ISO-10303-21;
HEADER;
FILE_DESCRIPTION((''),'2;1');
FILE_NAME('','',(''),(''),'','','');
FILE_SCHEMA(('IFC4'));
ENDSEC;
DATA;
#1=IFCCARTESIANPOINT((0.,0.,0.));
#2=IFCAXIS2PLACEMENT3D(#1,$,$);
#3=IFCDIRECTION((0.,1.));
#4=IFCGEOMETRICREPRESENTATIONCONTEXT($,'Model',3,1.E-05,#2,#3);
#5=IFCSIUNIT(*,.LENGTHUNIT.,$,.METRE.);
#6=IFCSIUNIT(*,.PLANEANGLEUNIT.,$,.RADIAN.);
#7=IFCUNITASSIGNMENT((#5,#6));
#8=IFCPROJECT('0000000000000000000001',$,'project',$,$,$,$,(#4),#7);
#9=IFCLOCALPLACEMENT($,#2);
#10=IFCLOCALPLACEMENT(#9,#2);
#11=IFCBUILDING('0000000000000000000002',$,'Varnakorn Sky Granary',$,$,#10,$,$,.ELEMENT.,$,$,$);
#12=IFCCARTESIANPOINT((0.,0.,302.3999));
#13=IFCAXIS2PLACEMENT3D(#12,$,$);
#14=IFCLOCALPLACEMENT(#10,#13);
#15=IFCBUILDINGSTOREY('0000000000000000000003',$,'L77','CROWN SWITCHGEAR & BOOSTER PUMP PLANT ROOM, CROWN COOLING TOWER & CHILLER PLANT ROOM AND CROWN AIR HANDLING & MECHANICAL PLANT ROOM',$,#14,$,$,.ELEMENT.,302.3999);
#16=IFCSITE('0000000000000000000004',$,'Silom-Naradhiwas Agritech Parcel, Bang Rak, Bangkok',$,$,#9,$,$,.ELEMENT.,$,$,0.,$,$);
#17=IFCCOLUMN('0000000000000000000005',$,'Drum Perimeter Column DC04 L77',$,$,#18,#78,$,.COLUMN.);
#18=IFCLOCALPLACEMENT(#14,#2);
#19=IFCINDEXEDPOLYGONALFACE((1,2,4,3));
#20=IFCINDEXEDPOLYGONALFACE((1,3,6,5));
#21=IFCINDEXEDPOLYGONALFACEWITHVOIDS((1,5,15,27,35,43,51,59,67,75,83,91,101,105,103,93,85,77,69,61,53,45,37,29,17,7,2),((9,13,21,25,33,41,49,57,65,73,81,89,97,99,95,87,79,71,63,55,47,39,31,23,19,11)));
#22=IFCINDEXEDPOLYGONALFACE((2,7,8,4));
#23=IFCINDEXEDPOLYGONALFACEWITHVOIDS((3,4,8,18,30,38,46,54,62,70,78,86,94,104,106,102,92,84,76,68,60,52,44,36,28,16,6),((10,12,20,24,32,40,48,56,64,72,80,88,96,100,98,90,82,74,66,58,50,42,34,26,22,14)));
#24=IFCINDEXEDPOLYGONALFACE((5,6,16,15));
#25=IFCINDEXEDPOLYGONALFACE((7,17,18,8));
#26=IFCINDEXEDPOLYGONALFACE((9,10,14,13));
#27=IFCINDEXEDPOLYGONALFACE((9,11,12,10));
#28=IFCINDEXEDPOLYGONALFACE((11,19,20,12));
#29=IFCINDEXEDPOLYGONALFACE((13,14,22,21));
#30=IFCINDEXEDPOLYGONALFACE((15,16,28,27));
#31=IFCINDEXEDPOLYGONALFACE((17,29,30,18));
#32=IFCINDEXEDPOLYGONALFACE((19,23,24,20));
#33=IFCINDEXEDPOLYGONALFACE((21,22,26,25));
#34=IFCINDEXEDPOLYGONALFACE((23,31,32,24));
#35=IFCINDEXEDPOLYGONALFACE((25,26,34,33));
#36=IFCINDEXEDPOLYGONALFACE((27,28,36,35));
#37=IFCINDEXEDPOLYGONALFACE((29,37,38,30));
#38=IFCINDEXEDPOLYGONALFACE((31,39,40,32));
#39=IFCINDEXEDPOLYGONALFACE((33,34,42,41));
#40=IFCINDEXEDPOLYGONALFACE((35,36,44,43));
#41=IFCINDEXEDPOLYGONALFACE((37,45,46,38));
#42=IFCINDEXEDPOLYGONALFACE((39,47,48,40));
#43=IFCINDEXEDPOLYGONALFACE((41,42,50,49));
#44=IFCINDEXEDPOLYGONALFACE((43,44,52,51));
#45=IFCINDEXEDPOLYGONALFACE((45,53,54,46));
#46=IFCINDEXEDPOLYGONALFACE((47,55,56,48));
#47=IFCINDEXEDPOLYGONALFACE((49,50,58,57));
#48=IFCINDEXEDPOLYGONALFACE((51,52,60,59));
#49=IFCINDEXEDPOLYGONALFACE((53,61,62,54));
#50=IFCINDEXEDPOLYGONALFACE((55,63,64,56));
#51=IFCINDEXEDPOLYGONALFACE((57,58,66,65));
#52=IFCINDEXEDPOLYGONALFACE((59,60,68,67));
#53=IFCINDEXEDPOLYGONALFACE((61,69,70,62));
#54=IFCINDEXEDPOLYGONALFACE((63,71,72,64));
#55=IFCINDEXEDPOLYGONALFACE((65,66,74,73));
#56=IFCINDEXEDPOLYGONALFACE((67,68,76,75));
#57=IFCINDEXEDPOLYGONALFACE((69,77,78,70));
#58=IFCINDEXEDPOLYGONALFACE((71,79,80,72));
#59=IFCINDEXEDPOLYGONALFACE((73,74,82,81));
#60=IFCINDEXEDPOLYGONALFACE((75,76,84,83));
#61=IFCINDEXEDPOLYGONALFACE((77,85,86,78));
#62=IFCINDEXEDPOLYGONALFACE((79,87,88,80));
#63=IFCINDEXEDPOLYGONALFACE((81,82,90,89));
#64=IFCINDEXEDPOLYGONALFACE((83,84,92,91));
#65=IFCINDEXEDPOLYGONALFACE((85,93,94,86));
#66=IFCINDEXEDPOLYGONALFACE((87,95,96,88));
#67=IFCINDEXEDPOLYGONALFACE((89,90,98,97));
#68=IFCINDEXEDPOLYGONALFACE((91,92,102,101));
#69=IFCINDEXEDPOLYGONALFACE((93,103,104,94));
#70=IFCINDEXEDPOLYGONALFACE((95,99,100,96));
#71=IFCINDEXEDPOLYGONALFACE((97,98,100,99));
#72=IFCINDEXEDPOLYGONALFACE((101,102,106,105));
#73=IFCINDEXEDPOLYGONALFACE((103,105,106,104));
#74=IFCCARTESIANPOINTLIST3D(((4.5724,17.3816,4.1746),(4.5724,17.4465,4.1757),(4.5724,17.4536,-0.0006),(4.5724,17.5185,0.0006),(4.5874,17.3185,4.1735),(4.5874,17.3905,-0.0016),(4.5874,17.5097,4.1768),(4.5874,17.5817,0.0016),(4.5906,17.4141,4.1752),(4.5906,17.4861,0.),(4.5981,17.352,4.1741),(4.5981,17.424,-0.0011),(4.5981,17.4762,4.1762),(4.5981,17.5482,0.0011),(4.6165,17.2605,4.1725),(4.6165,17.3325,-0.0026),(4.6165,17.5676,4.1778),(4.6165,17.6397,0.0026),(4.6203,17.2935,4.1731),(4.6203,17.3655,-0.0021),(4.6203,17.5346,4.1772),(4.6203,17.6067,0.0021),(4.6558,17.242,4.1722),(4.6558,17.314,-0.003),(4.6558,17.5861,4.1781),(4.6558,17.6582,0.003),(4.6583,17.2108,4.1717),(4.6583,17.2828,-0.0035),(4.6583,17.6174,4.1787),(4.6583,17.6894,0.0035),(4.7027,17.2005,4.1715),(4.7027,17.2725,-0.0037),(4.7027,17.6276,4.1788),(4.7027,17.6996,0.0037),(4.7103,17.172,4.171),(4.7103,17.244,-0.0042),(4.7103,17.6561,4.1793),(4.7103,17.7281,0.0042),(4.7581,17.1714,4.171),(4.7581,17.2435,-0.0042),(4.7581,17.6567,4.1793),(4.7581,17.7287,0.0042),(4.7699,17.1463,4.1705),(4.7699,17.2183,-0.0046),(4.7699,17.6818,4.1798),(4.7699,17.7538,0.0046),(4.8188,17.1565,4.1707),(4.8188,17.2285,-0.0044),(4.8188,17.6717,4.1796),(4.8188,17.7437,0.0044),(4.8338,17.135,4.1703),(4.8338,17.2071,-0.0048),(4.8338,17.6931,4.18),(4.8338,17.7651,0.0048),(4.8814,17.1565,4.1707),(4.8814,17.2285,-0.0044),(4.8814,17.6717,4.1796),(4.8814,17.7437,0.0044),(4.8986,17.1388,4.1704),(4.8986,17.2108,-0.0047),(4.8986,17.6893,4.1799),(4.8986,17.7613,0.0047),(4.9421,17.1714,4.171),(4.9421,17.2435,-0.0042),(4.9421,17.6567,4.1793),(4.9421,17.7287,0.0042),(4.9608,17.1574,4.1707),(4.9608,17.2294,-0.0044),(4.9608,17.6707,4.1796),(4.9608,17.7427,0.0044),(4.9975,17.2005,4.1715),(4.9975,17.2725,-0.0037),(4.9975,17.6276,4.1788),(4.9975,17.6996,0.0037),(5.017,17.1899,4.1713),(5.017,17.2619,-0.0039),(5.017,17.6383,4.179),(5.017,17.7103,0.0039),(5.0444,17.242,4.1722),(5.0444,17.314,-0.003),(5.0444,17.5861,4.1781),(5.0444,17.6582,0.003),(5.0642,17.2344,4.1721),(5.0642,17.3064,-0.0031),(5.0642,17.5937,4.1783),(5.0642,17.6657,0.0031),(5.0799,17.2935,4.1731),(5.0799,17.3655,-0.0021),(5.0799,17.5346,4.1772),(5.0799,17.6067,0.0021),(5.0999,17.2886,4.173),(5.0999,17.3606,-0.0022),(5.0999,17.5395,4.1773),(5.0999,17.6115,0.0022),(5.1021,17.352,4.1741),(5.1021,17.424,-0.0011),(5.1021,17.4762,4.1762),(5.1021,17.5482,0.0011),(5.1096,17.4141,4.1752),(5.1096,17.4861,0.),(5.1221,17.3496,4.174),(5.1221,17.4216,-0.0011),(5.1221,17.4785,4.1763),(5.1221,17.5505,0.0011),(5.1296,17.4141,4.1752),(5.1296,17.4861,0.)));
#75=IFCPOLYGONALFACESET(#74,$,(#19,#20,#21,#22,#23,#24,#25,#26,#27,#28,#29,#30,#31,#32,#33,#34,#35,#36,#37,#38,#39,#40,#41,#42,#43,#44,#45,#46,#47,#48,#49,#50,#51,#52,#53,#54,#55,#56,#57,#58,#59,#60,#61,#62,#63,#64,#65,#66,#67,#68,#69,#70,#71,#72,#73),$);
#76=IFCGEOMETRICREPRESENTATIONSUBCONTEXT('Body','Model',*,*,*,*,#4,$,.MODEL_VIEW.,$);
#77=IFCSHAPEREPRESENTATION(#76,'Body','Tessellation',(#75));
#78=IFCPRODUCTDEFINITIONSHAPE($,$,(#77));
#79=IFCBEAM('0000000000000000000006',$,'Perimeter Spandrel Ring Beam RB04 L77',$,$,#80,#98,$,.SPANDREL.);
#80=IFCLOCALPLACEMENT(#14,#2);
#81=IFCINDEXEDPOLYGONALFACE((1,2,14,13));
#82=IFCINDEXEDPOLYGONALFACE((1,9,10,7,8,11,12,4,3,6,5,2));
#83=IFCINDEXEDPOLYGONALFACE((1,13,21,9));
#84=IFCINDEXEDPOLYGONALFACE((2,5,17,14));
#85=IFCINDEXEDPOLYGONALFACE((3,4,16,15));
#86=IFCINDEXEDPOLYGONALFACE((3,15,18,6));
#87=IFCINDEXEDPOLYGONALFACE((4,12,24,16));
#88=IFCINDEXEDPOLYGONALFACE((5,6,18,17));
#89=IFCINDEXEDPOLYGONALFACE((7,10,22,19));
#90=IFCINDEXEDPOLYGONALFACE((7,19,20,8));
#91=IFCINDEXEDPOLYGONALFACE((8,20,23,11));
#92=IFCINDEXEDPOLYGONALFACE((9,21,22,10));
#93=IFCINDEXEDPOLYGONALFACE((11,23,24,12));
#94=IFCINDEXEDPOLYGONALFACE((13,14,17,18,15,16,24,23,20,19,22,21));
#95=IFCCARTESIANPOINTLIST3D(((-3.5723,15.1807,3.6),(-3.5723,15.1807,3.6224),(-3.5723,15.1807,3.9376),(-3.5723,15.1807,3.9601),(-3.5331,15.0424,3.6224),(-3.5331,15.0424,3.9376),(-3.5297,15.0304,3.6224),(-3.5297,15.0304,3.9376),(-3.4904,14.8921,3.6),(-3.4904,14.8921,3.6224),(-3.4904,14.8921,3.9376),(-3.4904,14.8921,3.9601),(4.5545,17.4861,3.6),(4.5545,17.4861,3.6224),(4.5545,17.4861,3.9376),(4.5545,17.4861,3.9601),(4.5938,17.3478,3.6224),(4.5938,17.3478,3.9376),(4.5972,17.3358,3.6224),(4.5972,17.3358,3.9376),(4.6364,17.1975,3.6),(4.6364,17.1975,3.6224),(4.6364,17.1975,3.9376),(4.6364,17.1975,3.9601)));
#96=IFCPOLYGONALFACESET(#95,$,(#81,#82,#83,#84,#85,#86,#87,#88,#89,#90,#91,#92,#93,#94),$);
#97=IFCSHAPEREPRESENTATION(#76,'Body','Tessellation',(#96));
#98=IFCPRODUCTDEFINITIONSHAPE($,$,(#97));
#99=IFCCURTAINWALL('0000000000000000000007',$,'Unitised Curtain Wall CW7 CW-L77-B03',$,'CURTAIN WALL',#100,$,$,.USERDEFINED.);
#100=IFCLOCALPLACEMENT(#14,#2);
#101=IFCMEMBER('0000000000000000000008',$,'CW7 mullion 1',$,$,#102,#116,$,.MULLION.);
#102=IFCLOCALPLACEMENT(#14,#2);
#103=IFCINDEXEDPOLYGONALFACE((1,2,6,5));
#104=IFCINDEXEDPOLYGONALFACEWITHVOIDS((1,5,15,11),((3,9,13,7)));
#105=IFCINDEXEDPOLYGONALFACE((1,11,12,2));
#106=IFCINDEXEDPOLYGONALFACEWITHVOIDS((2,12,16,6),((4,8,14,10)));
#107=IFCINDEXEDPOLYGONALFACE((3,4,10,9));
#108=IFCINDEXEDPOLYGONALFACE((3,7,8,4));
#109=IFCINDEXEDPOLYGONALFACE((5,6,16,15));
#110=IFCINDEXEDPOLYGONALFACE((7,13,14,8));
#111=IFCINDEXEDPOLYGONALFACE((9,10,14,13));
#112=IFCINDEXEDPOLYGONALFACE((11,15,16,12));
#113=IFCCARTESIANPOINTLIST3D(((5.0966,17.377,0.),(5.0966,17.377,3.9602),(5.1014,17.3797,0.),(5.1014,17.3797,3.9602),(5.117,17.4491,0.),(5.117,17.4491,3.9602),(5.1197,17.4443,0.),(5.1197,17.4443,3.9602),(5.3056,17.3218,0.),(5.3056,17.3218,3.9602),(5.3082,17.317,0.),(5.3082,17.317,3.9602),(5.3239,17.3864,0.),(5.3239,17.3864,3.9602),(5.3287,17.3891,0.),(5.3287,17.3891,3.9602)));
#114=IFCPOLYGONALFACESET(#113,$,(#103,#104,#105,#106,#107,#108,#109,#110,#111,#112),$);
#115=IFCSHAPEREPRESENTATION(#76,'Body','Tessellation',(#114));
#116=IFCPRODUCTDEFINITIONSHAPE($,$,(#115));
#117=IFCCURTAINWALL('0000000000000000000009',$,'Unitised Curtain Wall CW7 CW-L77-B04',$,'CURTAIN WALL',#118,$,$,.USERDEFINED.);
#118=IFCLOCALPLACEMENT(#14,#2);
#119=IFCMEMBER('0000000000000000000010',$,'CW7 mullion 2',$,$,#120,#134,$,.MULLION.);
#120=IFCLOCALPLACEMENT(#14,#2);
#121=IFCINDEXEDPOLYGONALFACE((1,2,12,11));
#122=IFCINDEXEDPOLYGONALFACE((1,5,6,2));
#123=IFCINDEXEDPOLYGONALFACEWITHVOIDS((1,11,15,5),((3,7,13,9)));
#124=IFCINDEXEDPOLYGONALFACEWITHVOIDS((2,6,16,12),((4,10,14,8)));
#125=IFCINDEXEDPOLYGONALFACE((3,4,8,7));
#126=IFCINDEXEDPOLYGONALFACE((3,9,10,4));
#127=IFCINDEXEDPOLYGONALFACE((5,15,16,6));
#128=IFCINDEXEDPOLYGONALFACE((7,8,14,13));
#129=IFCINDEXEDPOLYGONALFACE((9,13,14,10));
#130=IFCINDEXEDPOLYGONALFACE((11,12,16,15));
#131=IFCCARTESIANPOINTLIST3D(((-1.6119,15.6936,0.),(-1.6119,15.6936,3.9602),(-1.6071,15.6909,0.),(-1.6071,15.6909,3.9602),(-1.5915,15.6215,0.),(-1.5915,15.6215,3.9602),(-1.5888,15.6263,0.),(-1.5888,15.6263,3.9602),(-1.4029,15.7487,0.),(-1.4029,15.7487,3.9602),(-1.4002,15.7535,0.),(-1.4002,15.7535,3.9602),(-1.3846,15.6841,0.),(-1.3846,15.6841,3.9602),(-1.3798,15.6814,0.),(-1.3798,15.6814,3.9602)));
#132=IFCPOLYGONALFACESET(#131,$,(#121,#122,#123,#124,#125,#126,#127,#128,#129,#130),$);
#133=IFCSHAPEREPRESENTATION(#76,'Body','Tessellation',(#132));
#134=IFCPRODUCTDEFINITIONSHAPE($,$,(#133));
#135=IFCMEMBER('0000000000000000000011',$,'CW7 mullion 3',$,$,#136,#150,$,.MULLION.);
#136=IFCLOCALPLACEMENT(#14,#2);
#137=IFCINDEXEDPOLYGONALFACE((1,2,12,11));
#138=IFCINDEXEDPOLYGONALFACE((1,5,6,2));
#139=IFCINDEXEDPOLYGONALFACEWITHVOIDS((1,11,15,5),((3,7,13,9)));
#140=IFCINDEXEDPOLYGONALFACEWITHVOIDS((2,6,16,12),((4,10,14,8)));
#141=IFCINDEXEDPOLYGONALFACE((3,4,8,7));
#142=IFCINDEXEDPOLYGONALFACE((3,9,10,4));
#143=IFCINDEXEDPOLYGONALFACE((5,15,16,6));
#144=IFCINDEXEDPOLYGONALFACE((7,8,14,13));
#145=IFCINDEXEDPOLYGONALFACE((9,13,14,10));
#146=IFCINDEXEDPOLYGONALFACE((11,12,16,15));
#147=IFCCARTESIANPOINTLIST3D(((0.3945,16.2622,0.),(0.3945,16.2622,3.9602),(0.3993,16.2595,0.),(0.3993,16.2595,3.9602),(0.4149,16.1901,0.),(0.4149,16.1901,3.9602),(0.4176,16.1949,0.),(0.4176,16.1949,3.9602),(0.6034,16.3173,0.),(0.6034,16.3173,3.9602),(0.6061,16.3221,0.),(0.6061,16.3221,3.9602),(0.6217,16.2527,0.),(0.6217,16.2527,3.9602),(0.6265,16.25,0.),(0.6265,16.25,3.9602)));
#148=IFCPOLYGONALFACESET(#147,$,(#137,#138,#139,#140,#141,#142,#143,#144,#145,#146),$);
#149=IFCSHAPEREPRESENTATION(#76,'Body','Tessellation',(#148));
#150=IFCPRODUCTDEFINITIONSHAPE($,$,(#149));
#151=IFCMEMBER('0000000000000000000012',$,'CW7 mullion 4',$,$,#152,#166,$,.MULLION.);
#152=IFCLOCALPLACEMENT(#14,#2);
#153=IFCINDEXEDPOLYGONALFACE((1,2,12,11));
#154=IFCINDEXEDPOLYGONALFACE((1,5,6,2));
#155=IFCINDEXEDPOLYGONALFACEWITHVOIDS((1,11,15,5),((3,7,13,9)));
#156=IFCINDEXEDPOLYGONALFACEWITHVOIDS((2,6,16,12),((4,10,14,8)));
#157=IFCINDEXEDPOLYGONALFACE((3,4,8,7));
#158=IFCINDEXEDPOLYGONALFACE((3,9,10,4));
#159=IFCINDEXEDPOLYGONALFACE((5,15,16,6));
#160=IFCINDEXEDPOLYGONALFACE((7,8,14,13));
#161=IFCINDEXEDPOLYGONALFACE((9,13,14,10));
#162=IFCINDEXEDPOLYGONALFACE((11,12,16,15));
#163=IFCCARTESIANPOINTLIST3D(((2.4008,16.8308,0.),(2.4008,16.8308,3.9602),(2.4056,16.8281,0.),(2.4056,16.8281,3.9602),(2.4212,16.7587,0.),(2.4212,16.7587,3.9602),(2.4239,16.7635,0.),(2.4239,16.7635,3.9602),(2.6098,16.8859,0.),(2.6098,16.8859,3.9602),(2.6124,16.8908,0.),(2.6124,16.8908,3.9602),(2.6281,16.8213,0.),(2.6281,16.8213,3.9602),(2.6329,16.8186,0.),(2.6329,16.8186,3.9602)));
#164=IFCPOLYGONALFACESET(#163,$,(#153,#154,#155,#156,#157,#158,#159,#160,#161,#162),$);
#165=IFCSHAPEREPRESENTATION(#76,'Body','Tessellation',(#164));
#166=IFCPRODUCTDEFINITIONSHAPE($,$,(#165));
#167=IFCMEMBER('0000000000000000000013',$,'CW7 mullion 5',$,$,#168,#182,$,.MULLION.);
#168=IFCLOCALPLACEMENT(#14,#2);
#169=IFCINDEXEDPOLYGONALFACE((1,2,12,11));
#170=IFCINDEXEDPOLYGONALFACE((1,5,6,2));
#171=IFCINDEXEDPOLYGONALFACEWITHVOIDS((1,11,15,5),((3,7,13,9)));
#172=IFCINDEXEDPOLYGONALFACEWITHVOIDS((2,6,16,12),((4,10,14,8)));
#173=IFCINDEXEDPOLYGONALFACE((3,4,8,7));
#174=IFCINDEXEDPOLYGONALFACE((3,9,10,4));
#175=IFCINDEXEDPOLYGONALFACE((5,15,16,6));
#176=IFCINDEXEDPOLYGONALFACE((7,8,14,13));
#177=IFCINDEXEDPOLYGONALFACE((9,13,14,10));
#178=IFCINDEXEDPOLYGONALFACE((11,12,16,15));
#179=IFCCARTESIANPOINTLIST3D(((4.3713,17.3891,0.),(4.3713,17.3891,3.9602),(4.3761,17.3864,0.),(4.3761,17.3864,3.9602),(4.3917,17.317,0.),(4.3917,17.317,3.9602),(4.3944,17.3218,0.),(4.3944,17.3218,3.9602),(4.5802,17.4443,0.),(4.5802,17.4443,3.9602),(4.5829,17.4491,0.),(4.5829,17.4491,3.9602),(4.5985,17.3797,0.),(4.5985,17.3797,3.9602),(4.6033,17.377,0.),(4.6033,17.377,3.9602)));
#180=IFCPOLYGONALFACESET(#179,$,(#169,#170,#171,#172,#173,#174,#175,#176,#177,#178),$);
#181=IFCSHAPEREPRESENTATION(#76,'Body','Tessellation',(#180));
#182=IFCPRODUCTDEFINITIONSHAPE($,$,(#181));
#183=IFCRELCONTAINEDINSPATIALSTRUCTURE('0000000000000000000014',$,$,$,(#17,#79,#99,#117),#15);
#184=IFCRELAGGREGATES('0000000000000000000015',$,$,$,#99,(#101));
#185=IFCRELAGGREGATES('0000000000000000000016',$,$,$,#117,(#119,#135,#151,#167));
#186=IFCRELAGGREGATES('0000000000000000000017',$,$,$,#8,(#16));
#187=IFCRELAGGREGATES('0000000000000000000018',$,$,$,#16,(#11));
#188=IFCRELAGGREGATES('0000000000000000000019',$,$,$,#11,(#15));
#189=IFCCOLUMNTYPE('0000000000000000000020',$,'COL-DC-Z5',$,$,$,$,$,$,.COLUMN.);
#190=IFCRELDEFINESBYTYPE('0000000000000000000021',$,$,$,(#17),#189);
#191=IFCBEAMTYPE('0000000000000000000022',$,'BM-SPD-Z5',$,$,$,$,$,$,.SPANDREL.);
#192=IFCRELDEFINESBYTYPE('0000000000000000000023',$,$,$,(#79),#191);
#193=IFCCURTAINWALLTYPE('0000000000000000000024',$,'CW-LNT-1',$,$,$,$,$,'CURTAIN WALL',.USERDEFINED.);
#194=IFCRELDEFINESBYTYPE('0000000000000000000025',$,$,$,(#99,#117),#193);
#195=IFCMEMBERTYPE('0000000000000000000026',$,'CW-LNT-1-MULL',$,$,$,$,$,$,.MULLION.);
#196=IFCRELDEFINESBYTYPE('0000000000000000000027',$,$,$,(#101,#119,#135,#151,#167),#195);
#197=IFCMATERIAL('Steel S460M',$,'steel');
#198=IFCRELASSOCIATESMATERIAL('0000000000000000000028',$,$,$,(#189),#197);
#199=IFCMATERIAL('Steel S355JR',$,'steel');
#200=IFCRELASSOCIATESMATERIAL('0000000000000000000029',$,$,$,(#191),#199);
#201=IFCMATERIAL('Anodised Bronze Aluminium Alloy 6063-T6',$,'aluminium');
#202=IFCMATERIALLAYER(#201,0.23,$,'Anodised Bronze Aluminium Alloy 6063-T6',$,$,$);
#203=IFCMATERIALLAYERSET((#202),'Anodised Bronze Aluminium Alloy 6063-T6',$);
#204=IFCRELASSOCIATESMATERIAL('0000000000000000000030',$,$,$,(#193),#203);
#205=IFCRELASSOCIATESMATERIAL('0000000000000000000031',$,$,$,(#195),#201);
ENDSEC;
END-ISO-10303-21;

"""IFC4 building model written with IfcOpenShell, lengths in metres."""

from ifc_helpers import new_model, si_unit, direction, frame, origin, origin_2d, place, context, subcontext, project, spatial, hollow_rectangle, hollow_circle, i_section, extrude, material, layer, layer_set, material_profile, profile_set, type_object, element, aggregate, save


model = new_model("IFC4")

# Units and contexts
model_context = context("Model", 3, precision=1e-05, world=origin(), true_north=direction((0.0, 1.0)))
body_context = subcontext(model_context, "Body", "Model", "MODEL_VIEW")
ifc_project = project(units=[si_unit("LENGTHUNIT", "METRE"), si_unit("PLANEANGLEUNIT", "RADIAN")], contexts=[model_context])

# Site, building, storey
site_placement = place(None, origin())
site = spatial("IfcSite", under=ifc_project, at=site_placement, Name="Silom-Naradhiwas Agritech Parcel, Bang Rak, Bangkok", CompositionType="ELEMENT", RefElevation=0.0)
building_placement = place(site_placement, origin())
building = spatial("IfcBuilding", under=site, at=building_placement, Name="Varnakorn Sky Granary", CompositionType="ELEMENT")
storey_placement = place(building_placement, frame((0.0, 0.0, 302.3999)))
storey = spatial("IfcBuildingStorey", under=building, at=storey_placement, Name="L77", Description="CROWN SWITCHGEAR & BOOSTER PUMP PLANT ROOM, CROWN COOLING TOWER & CHILLER PLANT ROOM AND CROWN AIR HANDLING & MECHANICAL PLANT ROOM", CompositionType="ELEMENT", Elevation=302.3999)

# Column
ifc_material_1 = material(Name="Steel S460M", Category="steel")
ifc_material_profile_1 = material_profile(ifc_material_1, hollow_circle(Radius=0.2795, WallThickness=0.02, at=origin_2d()), Name="CHS 559x20")
ifc_profile_set_1 = profile_set([ifc_material_profile_1], Name="Steel S460M")
column_type = type_object("IfcColumnType", Name="COL-DC-Z5", PredefinedType="COLUMN", material=ifc_profile_set_1)
column_placement = place(storey_placement, frame((4.8501, 17.4861, 0.0), z_axis=(0.0, -0.017248, 0.999851), x_axis=(1.0, 0.0, 0.0)))
element("IfcColumn", 1, at=column_placement, inside=storey, type_object=column_type, Name="Drum Perimeter Column DC04 L77", PredefinedType="COLUMN", context=body_context, shape_type="SweptSolid", body=[
    extrude(hollow_circle(Radius=0.2795, WallThickness=0.02, at=origin_2d()), origin(), (0.0, 0.0, 1.0), 4.1758),
])

# Beam
ifc_material_2 = material(Name="Steel S355JR", Category="steel")
ifc_material_profile_2 = material_profile(ifc_material_2, i_section(OverallWidth=0.3, OverallDepth=0.3601, WebThickness=0.0125, FlangeThickness=0.0225, at=origin_2d()), Name="HE 360 B")
ifc_profile_set_2 = profile_set([ifc_material_profile_2], Name="Steel S355JR")
beam_type = type_object("IfcBeamType", Name="BM-SPD-Z5", PredefinedType="SPANDREL", material=ifc_profile_set_2)
beam_placement = place(storey_placement, frame((4.5955, 17.3418, 3.78), z_axis=(-0.96204, -0.272908, 0.0), x_axis=(0.272908, -0.96204, 0.0)))
element("IfcBeam", 2, at=beam_placement, inside=storey, type_object=beam_type, Name="Perimeter Spandrel Ring Beam RB04 L77", PredefinedType="SPANDREL", context=body_context, shape_type="SweptSolid", body=[
    extrude(i_section(OverallWidth=0.3, OverallDepth=0.3601, WebThickness=0.0125, FlangeThickness=0.0225, at=origin_2d()), origin(), (0.0, 0.0, 1.0), 8.4475),
])

# Curtain wall, member
ifc_material_3 = material(Name="Anodised Bronze Aluminium Alloy 6063-T6", Category="aluminium")
ifc_layer_1 = layer(ifc_material_3, 0.23, Name="Anodised Bronze Aluminium Alloy 6063-T6")
ifc_layer_set_1 = layer_set([ifc_layer_1], Name="Anodised Bronze Aluminium Alloy 6063-T6")
curtain_wall_type = type_object("IfcCurtainWallType", Name="CW-LNT-1", ElementType="CURTAIN WALL", PredefinedType="USERDEFINED", material=ifc_layer_set_1)
curtain_wall_1_placement = place(storey_placement, origin())
curtain_wall_1 = element("IfcCurtainWall", 3, at=curtain_wall_1_placement, inside=storey, type_object=curtain_wall_type, Name="Unitised Curtain Wall CW7 CW-L77-B03", ObjectType="CURTAIN WALL", PredefinedType="USERDEFINED")
ifc_material_profile_3 = material_profile(ifc_material_3, hollow_rectangle(XDim=0.075, YDim=0.22, WallThickness=0.0039, at=origin_2d()), Name="ALU MULL 75x220")
ifc_profile_set_3 = profile_set([ifc_material_profile_3], Name="Anodised Bronze Aluminium Alloy 6063-T6")
member_type_1 = type_object("IfcMemberType", Name="CW-LNT-1-MULL", PredefinedType="MULLION", material=ifc_profile_set_3)
member_1_placement = place(storey_placement, frame((5.2126, 17.3831, 0.0), z_axis=(0.0, 0.0, 1.0), x_axis=(0.27265, 0.962113, 0.0)))
member_1 = element("IfcMember", 4, at=member_1_placement, type_object=member_type_1, Name="CW7 mullion 1", PredefinedType="MULLION", context=body_context, shape_type="SweptSolid", body=[
    extrude(hollow_rectangle(XDim=0.075, YDim=0.22, WallThickness=0.0039, at=origin_2d()), origin(), (0.0, 0.0, 1.0), 3.9602),
])

# Curtain wall, members
curtain_wall_2_placement = place(storey_placement, origin())
curtain_wall_2 = element("IfcCurtainWall", 5, at=curtain_wall_2_placement, inside=storey, type_object=curtain_wall_type, Name="Unitised Curtain Wall CW7 CW-L77-B04", ObjectType="CURTAIN WALL", PredefinedType="USERDEFINED")
member_2_placement = place(storey_placement, frame((-1.4958, 15.6875, 0.0), z_axis=(0.0, 0.0, 1.0), x_axis=(-0.27265, 0.962113, 0.0)))
member_2 = element("IfcMember", 6, at=member_2_placement, type_object=member_type_1, Name="CW7 mullion 2", PredefinedType="MULLION", context=body_context, shape_type="SweptSolid", body=[
    extrude(hollow_rectangle(XDim=0.075, YDim=0.22, WallThickness=0.0039, at=origin_2d()), origin(), (0.0, 0.0, 1.0), 3.9602),
])
member_3_placement = place(storey_placement, frame((0.5105, 16.2561, 0.0), z_axis=(0.0, 0.0, 1.0), x_axis=(-0.27265, 0.962113, 0.0)))
member_3 = element("IfcMember", 7, at=member_3_placement, type_object=member_type_1, Name="CW7 mullion 3", PredefinedType="MULLION", context=body_context, shape_type="SweptSolid", body=[
    extrude(hollow_rectangle(XDim=0.075, YDim=0.22, WallThickness=0.0039, at=origin_2d()), origin(), (0.0, 0.0, 1.0), 3.9602),
])
member_4_placement = place(storey_placement, frame((2.5168, 16.8247, 0.0), z_axis=(0.0, 0.0, 1.0), x_axis=(-0.27265, 0.962113, 0.0)))
member_4 = element("IfcMember", 8, at=member_4_placement, type_object=member_type_1, Name="CW7 mullion 4", PredefinedType="MULLION", context=body_context, shape_type="SweptSolid", body=[
    extrude(hollow_rectangle(XDim=0.075, YDim=0.22, WallThickness=0.0039, at=origin_2d()), origin(), (0.0, 0.0, 1.0), 3.9602),
])
member_5_placement = place(storey_placement, frame((4.4873, 17.3831, 0.0), z_axis=(0.0, 0.0, 1.0), x_axis=(-0.27265, 0.962113, 0.0)))
member_5 = element("IfcMember", 9, at=member_5_placement, type_object=member_type_1, Name="CW7 mullion 5", PredefinedType="MULLION", context=body_context, shape_type="SweptSolid", body=[
    extrude(hollow_rectangle(XDim=0.075, YDim=0.22, WallThickness=0.0039, at=origin_2d()), origin(), (0.0, 0.0, 1.0), 3.9602),
])

aggregate(curtain_wall_1, [member_1])

aggregate(curtain_wall_2, [member_2, member_3, member_4, member_5])

save(model, "model.ifc")
